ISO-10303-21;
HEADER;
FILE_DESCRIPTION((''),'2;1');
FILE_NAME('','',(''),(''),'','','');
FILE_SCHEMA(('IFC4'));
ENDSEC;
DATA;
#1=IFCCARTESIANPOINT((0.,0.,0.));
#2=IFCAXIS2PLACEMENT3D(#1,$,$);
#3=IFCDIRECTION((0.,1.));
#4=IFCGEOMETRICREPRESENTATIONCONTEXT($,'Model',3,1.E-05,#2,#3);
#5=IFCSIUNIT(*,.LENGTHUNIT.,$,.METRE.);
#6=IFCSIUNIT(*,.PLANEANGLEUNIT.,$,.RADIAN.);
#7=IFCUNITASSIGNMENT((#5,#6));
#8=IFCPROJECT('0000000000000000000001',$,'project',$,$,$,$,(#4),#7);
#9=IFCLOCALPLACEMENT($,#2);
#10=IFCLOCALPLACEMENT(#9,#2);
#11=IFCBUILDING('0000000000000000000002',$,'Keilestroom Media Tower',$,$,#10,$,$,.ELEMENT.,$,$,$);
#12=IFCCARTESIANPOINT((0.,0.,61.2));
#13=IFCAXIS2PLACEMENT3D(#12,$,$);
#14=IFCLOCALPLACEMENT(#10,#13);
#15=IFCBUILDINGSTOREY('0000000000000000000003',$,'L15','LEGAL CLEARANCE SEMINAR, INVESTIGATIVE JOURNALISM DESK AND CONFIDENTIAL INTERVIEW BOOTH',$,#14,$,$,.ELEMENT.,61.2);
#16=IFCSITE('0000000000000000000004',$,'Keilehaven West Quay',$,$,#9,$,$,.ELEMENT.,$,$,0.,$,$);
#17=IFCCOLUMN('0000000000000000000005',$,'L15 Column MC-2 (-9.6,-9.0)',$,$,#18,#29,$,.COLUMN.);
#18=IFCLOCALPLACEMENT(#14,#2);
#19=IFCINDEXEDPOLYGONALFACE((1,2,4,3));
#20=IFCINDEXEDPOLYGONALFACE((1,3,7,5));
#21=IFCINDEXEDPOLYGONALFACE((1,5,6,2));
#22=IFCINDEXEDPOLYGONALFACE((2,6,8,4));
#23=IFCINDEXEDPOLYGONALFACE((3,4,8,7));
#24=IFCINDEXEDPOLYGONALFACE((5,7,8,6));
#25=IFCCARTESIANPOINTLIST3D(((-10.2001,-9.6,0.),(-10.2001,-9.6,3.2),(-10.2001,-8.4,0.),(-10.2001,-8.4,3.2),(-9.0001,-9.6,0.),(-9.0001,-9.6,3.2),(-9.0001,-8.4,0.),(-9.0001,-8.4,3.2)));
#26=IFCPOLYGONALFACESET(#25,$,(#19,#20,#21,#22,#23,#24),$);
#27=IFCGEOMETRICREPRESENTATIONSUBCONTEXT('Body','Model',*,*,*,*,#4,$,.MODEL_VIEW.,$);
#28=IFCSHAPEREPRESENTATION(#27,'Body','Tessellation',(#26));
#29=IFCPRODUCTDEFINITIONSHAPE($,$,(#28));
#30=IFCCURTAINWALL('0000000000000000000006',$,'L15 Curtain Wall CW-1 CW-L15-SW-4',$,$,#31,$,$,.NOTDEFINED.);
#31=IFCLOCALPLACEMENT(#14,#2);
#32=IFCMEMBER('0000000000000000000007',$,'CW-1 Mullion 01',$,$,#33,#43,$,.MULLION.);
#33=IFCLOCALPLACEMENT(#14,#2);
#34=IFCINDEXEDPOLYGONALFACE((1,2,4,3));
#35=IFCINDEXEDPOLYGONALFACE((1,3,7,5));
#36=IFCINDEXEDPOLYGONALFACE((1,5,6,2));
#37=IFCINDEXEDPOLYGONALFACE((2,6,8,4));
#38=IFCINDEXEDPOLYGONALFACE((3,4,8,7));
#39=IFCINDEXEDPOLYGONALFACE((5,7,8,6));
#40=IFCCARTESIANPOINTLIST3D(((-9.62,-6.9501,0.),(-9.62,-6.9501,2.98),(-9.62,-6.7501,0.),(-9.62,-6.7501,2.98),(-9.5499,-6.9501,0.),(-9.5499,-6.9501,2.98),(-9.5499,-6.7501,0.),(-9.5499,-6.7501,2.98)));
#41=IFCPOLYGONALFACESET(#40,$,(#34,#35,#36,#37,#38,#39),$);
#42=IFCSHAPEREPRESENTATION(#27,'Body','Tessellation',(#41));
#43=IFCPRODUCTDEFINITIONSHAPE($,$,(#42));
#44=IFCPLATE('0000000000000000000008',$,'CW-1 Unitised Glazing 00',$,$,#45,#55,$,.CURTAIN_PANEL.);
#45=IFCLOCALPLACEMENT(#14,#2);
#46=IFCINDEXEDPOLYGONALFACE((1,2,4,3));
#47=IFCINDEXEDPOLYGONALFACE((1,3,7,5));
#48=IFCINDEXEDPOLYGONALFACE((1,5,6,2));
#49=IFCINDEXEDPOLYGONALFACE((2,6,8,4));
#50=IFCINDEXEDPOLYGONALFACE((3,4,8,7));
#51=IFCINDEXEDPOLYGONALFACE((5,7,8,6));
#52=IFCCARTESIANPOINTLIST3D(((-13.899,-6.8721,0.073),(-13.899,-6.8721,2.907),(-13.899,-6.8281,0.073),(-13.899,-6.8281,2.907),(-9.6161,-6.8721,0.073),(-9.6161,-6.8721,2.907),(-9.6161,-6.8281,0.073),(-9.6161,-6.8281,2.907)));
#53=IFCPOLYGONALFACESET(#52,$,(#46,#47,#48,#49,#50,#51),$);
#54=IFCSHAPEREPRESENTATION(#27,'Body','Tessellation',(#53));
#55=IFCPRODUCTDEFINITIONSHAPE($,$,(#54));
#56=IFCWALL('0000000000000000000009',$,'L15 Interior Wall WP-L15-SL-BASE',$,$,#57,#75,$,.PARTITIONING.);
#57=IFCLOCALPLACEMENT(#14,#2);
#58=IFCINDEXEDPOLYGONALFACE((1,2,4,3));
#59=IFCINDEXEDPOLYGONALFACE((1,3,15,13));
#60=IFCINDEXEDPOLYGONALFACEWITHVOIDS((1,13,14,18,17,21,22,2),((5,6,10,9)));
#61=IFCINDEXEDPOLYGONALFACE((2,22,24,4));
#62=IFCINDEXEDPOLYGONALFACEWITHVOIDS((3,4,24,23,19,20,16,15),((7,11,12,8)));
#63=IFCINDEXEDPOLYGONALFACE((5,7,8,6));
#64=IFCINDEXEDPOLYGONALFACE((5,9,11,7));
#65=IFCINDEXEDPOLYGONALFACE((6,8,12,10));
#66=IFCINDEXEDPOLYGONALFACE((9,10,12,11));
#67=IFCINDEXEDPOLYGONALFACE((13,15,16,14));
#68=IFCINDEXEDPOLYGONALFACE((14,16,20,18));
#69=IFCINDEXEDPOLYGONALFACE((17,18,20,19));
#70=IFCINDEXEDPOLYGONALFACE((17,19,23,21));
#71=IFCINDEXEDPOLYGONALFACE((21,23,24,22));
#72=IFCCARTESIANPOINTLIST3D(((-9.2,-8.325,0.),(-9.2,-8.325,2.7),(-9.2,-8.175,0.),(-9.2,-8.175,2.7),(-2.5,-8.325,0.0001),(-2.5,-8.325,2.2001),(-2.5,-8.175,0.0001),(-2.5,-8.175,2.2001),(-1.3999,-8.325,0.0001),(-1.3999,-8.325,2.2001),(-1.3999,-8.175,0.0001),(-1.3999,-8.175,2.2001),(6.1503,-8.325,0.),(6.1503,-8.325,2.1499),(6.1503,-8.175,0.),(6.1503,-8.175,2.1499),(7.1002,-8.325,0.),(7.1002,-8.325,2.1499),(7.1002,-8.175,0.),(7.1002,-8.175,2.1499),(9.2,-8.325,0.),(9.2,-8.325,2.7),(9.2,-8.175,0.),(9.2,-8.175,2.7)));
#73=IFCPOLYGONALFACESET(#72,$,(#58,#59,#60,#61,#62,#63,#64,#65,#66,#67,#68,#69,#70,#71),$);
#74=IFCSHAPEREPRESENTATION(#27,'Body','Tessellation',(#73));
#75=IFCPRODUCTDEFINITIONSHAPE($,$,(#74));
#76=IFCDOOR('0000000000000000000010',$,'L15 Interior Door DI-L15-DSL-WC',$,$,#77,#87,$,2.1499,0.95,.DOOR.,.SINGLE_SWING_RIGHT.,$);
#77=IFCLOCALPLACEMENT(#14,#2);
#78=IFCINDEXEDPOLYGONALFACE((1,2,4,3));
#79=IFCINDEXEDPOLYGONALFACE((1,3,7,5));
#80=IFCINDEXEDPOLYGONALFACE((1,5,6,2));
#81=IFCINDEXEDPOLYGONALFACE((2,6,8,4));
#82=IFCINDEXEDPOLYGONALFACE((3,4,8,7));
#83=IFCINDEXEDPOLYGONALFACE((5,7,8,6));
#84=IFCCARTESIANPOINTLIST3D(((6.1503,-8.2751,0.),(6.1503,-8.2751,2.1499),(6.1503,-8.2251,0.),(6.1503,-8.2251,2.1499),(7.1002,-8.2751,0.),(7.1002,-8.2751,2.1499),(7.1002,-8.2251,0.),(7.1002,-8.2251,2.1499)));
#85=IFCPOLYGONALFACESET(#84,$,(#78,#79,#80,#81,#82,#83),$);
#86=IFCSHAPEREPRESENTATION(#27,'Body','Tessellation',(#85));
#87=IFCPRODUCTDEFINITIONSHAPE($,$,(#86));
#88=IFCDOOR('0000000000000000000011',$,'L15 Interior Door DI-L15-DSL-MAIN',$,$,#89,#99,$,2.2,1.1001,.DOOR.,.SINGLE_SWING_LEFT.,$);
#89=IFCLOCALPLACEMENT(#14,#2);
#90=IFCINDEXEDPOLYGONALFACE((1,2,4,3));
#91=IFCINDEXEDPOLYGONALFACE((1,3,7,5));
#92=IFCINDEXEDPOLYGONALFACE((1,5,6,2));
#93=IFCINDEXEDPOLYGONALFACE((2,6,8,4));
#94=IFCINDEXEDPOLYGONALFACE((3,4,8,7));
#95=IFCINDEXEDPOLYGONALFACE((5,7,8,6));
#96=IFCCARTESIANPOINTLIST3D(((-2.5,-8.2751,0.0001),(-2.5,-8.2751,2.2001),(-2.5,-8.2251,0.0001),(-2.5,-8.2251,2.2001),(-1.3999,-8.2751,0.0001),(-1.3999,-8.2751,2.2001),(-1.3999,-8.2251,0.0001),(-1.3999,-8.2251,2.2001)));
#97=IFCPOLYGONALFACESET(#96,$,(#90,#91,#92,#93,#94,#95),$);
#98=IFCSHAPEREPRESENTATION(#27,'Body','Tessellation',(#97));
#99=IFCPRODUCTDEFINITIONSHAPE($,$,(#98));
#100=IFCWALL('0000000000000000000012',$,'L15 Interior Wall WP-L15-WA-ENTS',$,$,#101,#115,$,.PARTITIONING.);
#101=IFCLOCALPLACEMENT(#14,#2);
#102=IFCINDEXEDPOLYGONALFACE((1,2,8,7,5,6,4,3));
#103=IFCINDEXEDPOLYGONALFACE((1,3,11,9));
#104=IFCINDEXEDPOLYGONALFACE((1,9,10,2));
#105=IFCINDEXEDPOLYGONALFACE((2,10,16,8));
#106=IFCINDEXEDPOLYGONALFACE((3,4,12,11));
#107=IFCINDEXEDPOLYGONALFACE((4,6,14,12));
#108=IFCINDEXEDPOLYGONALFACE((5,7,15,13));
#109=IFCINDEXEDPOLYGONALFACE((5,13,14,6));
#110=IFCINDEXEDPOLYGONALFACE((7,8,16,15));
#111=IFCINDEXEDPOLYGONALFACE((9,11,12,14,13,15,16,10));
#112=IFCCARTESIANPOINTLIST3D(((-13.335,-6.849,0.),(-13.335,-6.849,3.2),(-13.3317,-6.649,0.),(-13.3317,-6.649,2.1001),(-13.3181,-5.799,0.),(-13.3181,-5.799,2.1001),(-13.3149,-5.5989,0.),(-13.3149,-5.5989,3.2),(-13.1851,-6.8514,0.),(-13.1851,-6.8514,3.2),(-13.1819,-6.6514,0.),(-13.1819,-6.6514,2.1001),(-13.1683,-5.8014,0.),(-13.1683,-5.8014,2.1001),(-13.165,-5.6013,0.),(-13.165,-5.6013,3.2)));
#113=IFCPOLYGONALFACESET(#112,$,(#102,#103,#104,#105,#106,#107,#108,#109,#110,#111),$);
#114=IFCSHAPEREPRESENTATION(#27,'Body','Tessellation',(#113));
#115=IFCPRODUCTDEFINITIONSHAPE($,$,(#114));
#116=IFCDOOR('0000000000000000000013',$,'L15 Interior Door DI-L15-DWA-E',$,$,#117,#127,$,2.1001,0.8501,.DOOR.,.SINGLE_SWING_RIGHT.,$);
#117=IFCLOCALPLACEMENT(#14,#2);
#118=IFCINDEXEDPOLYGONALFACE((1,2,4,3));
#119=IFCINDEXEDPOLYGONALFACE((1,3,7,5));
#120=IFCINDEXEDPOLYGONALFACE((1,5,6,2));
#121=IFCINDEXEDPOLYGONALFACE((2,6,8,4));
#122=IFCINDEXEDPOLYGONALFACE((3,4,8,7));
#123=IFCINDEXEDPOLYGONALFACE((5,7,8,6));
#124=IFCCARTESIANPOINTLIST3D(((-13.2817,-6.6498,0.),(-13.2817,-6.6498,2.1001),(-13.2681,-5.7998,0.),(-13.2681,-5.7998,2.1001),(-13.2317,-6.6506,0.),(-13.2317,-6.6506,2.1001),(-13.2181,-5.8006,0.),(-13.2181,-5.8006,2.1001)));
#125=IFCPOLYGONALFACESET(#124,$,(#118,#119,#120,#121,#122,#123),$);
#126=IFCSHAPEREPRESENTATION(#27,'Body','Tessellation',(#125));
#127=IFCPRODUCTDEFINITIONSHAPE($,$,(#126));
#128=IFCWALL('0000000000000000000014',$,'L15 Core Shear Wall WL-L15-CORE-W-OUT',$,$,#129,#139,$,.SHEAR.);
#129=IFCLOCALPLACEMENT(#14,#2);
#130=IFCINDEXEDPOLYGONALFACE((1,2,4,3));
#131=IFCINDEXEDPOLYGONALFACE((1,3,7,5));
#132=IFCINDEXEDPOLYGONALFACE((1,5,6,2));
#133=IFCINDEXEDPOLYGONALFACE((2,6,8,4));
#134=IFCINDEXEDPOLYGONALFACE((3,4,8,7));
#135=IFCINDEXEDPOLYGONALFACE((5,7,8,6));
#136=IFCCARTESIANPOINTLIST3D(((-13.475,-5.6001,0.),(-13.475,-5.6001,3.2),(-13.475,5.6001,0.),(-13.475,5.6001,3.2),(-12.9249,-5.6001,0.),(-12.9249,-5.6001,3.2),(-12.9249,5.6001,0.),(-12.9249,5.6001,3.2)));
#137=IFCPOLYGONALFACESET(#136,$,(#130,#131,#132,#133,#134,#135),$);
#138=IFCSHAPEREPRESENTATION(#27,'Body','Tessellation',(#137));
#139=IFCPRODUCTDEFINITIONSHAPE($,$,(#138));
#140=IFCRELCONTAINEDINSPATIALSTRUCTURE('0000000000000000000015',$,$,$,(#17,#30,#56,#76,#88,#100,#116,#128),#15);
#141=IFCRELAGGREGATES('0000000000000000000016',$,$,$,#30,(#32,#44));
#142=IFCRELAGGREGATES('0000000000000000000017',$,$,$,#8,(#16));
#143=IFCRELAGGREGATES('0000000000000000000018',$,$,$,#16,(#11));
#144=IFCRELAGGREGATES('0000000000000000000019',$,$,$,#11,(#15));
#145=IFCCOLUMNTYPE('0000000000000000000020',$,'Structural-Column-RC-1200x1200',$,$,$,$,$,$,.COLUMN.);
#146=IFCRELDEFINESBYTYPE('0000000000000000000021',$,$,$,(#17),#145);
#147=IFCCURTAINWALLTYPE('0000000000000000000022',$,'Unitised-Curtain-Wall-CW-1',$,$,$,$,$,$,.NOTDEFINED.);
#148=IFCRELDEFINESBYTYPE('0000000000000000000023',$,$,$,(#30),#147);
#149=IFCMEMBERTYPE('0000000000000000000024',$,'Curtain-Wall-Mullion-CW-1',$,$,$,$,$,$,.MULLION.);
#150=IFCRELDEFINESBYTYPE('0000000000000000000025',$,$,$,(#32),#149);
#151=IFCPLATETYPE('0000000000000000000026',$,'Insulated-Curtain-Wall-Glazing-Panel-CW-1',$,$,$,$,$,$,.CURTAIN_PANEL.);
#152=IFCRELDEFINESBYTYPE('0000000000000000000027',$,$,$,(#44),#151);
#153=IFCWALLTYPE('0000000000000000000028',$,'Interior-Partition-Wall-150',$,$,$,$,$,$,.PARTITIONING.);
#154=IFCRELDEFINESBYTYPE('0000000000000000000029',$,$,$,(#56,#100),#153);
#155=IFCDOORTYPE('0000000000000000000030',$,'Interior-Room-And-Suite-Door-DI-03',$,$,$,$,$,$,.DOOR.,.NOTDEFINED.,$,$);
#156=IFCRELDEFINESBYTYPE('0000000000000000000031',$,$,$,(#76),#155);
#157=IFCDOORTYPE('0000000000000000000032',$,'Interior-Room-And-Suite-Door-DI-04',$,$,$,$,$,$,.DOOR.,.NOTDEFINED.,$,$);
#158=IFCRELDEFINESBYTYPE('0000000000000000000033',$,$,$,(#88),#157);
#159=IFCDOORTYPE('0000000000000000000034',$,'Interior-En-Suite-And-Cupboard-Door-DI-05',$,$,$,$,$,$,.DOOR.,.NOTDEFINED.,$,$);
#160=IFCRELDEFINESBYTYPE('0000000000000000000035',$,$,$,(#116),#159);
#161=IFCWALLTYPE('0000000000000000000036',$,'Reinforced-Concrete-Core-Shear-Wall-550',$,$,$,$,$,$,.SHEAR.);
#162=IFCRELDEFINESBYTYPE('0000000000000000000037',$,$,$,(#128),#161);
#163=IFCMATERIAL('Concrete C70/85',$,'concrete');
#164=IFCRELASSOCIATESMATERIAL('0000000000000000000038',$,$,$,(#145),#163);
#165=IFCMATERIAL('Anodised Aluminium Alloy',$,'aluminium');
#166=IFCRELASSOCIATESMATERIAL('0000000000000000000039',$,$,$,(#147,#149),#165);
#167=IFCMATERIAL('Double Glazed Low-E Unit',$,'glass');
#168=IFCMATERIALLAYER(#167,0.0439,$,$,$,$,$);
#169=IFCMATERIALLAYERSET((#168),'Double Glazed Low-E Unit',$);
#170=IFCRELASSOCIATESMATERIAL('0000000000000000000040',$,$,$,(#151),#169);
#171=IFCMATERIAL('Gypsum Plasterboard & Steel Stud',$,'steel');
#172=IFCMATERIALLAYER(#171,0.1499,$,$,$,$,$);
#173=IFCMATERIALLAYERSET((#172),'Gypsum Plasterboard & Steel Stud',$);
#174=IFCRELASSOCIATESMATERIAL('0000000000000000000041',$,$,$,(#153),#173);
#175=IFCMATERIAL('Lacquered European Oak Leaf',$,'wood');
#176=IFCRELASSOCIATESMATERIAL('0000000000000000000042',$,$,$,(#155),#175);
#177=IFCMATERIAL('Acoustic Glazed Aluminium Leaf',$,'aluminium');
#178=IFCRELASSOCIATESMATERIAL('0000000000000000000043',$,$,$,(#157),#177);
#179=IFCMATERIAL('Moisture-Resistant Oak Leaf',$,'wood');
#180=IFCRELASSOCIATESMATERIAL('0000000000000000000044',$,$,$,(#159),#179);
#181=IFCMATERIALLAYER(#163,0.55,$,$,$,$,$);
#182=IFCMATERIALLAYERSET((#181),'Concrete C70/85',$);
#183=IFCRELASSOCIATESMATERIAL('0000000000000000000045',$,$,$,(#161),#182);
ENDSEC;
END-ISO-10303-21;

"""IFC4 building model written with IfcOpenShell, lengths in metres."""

from ifc_helpers import new_model, si_unit, direction, frame, frame_2d, origin, origin_2d, place, context, subcontext, project, spatial, rectangle, extrude, source, transform, mapped, material, layer, layer_set, material_profile, profile_set, type_object, element, fill, aggregate, save


model = new_model("IFC4")

# Units and contexts
model_context = context("Model", 3, precision=1e-05, world=origin(), true_north=direction((0.0, 1.0)))
body_context = subcontext(model_context, "Body", "Model", "MODEL_VIEW")
ifc_project = project(units=[si_unit("LENGTHUNIT", "METRE"), si_unit("PLANEANGLEUNIT", "RADIAN")], contexts=[model_context])

# Site, building, storey
site_placement = place(None, origin())
site = spatial("IfcSite", under=ifc_project, at=site_placement, Name="Keilehaven West Quay", CompositionType="ELEMENT", RefElevation=0.0)
building_placement = place(site_placement, origin())
building = spatial("IfcBuilding", under=site, at=building_placement, Name="Keilestroom Media Tower", CompositionType="ELEMENT")
storey_placement = place(building_placement, frame((0.0, 0.0, 61.2)))
storey = spatial("IfcBuildingStorey", under=building, at=storey_placement, Name="L15", Description="LEGAL CLEARANCE SEMINAR, INVESTIGATIVE JOURNALISM DESK AND CONFIDENTIAL INTERVIEW BOOTH", CompositionType="ELEMENT", Elevation=61.2)

# Column
ifc_material_1 = material(Name="Concrete C70/85", Category="concrete")
ifc_material_profile_1 = material_profile(ifc_material_1, rectangle(XDim=1.2, YDim=1.2, at=origin_2d()), Name="RC 1200x1200")
ifc_profile_set_1 = profile_set([ifc_material_profile_1], Name="Concrete C70/85")
column_type = type_object("IfcColumnType", Name="Structural-Column-RC-1200x1200", PredefinedType="COLUMN", material=ifc_profile_set_1)
shared_shape_1 = source(origin(), body_context, "Body", "SweptSolid", [
    extrude(rectangle(XDim=1.2, YDim=1.2, at=origin_2d()), origin(), (0.0, 0.0, 1.0), 3.2),
])
column_placement = place(storey_placement, frame((-9.6001, -9.0, 0.0), z_axis=(0.0, 0.0, 1.0), x_axis=(1.0, 0.0, 0.0)))
element("IfcColumn", 1, at=column_placement, inside=storey, type_object=column_type, Name="L15 Column MC-2 (-9.6,-9.0)", PredefinedType="COLUMN", context=body_context, shape_type="MappedRepresentation", body=[
    mapped(shared_shape_1, transform((0.0, 0.0, 0.0), x_axis=(1.0, 0.0, 0.0), y_axis=(0.0, 1.0, 0.0), z_axis=(0.0, 0.0, 1.0), scale=1.0)),
])

# Curtain wall, member, plate
ifc_material_2 = material(Name="Anodised Aluminium Alloy", Category="aluminium")
curtain_wall_type = type_object("IfcCurtainWallType", Name="Unitised-Curtain-Wall-CW-1", PredefinedType="NOTDEFINED", material=ifc_material_2)
curtain_wall_placement = place(storey_placement, origin())
curtain_wall = element("IfcCurtainWall", 2, at=curtain_wall_placement, inside=storey, type_object=curtain_wall_type, Name="L15 Curtain Wall CW-1 CW-L15-SW-4", PredefinedType="NOTDEFINED")
ifc_material_profile_2 = material_profile(ifc_material_2, rectangle(XDim=0.0701, YDim=0.2, at=origin_2d()), Name="ALU MULLION 70x200")
ifc_profile_set_2 = profile_set([ifc_material_profile_2], Name="Anodised Aluminium Alloy")
member_type = type_object("IfcMemberType", Name="Curtain-Wall-Mullion-CW-1", PredefinedType="MULLION", material=ifc_profile_set_2)
shared_shape_2 = source(origin(), body_context, "Body", "SweptSolid", [
    extrude(rectangle(XDim=0.0701, YDim=0.2, at=origin_2d()), origin(), (0.0, 0.0, 1.0), 2.98),
])
member_placement = place(storey_placement, frame((-9.585, -6.8501, 0.0), z_axis=(0.0, 0.0, 1.0), x_axis=(1.0, 0.0, 0.0)))
member = element("IfcMember", 3, at=member_placement, type_object=member_type, Name="CW-1 Mullion 01", PredefinedType="MULLION", context=body_context, shape_type="MappedRepresentation", body=[
    mapped(shared_shape_2, transform((0.0, 0.0, 0.0), x_axis=(1.0, 0.0, 0.0), y_axis=(0.0, 1.0, 0.0), z_axis=(0.0, 0.0, 1.0), scale=1.0)),
])
ifc_material_3 = material(Name="Double Glazed Low-E Unit", Category="glass")
ifc_layer_1 = layer(ifc_material_3, 0.0439)
ifc_layer_set_1 = layer_set([ifc_layer_1], Name="Double Glazed Low-E Unit")
plate_type = type_object("IfcPlateType", Name="Insulated-Curtain-Wall-Glazing-Panel-CW-1", PredefinedType="CURTAIN_PANEL", material=ifc_layer_set_1)
shared_shape_3 = source(origin(), body_context, "Body", "SweptSolid", [
    extrude(rectangle(XDim=4.283, YDim=0.0439, at=origin_2d()), origin(), (0.0, 0.0, 1.0), 2.834),
])
plate_placement = place(storey_placement, frame((-11.7576, -6.8501, 0.073), z_axis=(0.0, 0.0, 1.0), x_axis=(1.0, 0.0, 0.0)))
plate = element("IfcPlate", 4, at=plate_placement, type_object=plate_type, Name="CW-1 Unitised Glazing 00", PredefinedType="CURTAIN_PANEL", context=body_context, shape_type="MappedRepresentation", body=[
    mapped(shared_shape_3, transform((0.0, 0.0, 0.0), x_axis=(1.0, 0.0, 0.0), y_axis=(0.0, 1.0, 0.0), z_axis=(0.0, 0.0, 1.0), scale=1.0)),
])
aggregate(curtain_wall, [member, plate])

# Wall, openings, doors
ifc_material_4 = material(Name="Gypsum Plasterboard & Steel Stud", Category="steel")
ifc_layer_2 = layer(ifc_material_4, 0.1499)
ifc_layer_set_2 = layer_set([ifc_layer_2], Name="Gypsum Plasterboard & Steel Stud")
wall_type_1 = type_object("IfcWallType", Name="Interior-Partition-Wall-150", PredefinedType="PARTITIONING", material=ifc_layer_set_2)
wall_1_placement = place(storey_placement, frame((-9.2, -8.25, 0.0), z_axis=(0.0, 0.0, 1.0), x_axis=(1.0, 0.0, 0.0)))
wall_1 = element("IfcWall", 5, at=wall_1_placement, inside=storey, type_object=wall_type_1, Name="L15 Interior Wall WP-L15-SL-BASE", PredefinedType="PARTITIONING", context=body_context, shape_type="SweptSolid", body=[
    extrude(rectangle(XDim=18.3999, YDim=0.1499, at=frame_2d((9.2, 0.0))), origin(), (0.0, 0.0, 1.0), 2.7),
])
opening_1_placement = place(wall_1_placement, frame((15.3501, 0.0, 0.0)))
opening_1 = element("IfcOpeningElement", 6, at=opening_1_placement, cuts=wall_1, PredefinedType="OPENING", context=body_context, shape_type="SweptSolid", body=[
    extrude(rectangle(XDim=0.95, YDim=2.1499, at=frame_2d((0.4751, 1.075))), frame((0.0, 0.085, 0.0), z_axis=(0.0, -1.0, 0.0), x_axis=(1.0, 0.0, 0.0)), (0.0, 0.0, 1.0), 0.1699),
])
opening_2_placement = place(wall_1_placement, frame((6.7, 0.0, 0.0)))
opening_2 = element("IfcOpeningElement", 7, at=opening_2_placement, cuts=wall_1, PredefinedType="OPENING", context=body_context, shape_type="SweptSolid", body=[
    extrude(rectangle(XDim=1.1001, YDim=2.2, at=frame_2d((0.55, 1.1001))), frame((0.0, 0.085, 0.0), z_axis=(0.0, -1.0, 0.0), x_axis=(1.0, 0.0, 0.0)), (0.0, 0.0, 1.0), 0.1699),
])
ifc_material_5 = material(Name="Lacquered European Oak Leaf", Category="wood")
door_type_1 = type_object("IfcDoorType", Name="Interior-Room-And-Suite-Door-DI-03", OperationType="NOTDEFINED", PredefinedType="DOOR", material=ifc_material_5)
shared_shape_4 = source(origin(), body_context, "Body", "SweptSolid", [
    extrude(rectangle(XDim=0.95, YDim=2.1499, at=frame_2d((0.4751, 1.075))), frame((0.0, 0.0249, 0.0), z_axis=(0.0, -1.0, 0.0), x_axis=(1.0, 0.0, 0.0)), (0.0, 0.0, 1.0), 0.05),
])
door_1_placement = place(opening_1_placement, origin())
door_1 = element("IfcDoor", 8, at=door_1_placement, inside=storey, type_object=door_type_1, Name="L15 Interior Door DI-L15-DSL-WC", OperationType="SINGLE_SWING_RIGHT", OverallHeight=2.1499, OverallWidth=0.95, PredefinedType="DOOR", context=body_context, shape_type="MappedRepresentation", body=[
    mapped(shared_shape_4, transform((0.0, 0.0, 0.0), x_axis=(1.0, 0.0, 0.0), y_axis=(0.0, 1.0, 0.0), z_axis=(0.0, 0.0, 1.0), scale=1.0)),
])
fill(opening_1, door_1)
ifc_material_6 = material(Name="Acoustic Glazed Aluminium Leaf", Category="aluminium")
door_type_2 = type_object("IfcDoorType", Name="Interior-Room-And-Suite-Door-DI-04", OperationType="NOTDEFINED", PredefinedType="DOOR", material=ifc_material_6)
shared_shape_5 = source(origin(), body_context, "Body", "SweptSolid", [
    extrude(rectangle(XDim=1.1001, YDim=2.2, at=frame_2d((0.55, 1.1001))), frame((0.0, 0.0249, 0.0), z_axis=(0.0, -1.0, 0.0), x_axis=(1.0, 0.0, 0.0)), (0.0, 0.0, 1.0), 0.05),
])
door_2_placement = place(opening_2_placement, origin())
door_2 = element("IfcDoor", 9, at=door_2_placement, inside=storey, type_object=door_type_2, Name="L15 Interior Door DI-L15-DSL-MAIN", OperationType="SINGLE_SWING_LEFT", OverallHeight=2.2, OverallWidth=1.1001, PredefinedType="DOOR", context=body_context, shape_type="MappedRepresentation", body=[
    mapped(shared_shape_5, transform((0.0, 0.0, 0.0), x_axis=(1.0, 0.0, 0.0), y_axis=(0.0, 1.0, 0.0), z_axis=(0.0, 0.0, 1.0), scale=1.0)),
])
fill(opening_2, door_2)

# Wall, opening, door
wall_2_placement = place(storey_placement, frame((-13.26, -6.8501, 0.0), z_axis=(0.0, 0.0, 1.0), x_axis=(0.016014, 0.999872, 0.0)))
wall_2 = element("IfcWall", 10, at=wall_2_placement, inside=storey, type_object=wall_type_1, Name="L15 Interior Wall WP-L15-WA-ENTS", PredefinedType="PARTITIONING", context=body_context, shape_type="SweptSolid", body=[
    extrude(rectangle(XDim=1.2502, YDim=0.1499, at=frame_2d((0.625, 0.0))), origin(), (0.0, 0.0, 1.0), 3.2),
])
opening_3_placement = place(wall_2_placement, frame((0.2, 0.0, 0.0)))
opening_3 = element("IfcOpeningElement", 11, at=opening_3_placement, cuts=wall_2, PredefinedType="OPENING", context=body_context, shape_type="SweptSolid", body=[
    extrude(rectangle(XDim=0.8501, YDim=2.1001, at=frame_2d((0.425, 1.05))), frame((0.0, 0.085, 0.0), z_axis=(0.0, -1.0, 0.0), x_axis=(1.0, 0.0, 0.0)), (0.0, 0.0, 1.0), 0.1699),
])
ifc_material_7 = material(Name="Moisture-Resistant Oak Leaf", Category="wood")
door_type_3 = type_object("IfcDoorType", Name="Interior-En-Suite-And-Cupboard-Door-DI-05", OperationType="NOTDEFINED", PredefinedType="DOOR", material=ifc_material_7)
shared_shape_6 = source(origin(), body_context, "Body", "SweptSolid", [
    extrude(rectangle(XDim=0.8501, YDim=2.1001, at=frame_2d((0.425, 1.05))), frame((0.0, 0.0249, 0.0), z_axis=(0.0, -1.0, 0.0), x_axis=(1.0, 0.0, 0.0)), (0.0, 0.0, 1.0), 0.05),
])
door_3_placement = place(opening_3_placement, origin())
door_3 = element("IfcDoor", 12, at=door_3_placement, inside=storey, type_object=door_type_3, Name="L15 Interior Door DI-L15-DWA-E", OperationType="SINGLE_SWING_RIGHT", OverallHeight=2.1001, OverallWidth=0.8501, PredefinedType="DOOR", context=body_context, shape_type="MappedRepresentation", body=[
    mapped(shared_shape_6, transform((0.0, 0.0, 0.0), x_axis=(1.0, 0.0, 0.0), y_axis=(0.0, 1.0, 0.0), z_axis=(0.0, 0.0, 1.0), scale=1.0)),
])
fill(opening_3, door_3)

# Wall
ifc_layer_3 = layer(ifc_material_1, 0.55)
ifc_layer_set_3 = layer_set([ifc_layer_3], Name="Concrete C70/85")
wall_type_2 = type_object("IfcWallType", Name="Reinforced-Concrete-Core-Shear-Wall-550", PredefinedType="SHEAR", material=ifc_layer_set_3)
wall_3_placement = place(storey_placement, frame((-13.2, -5.6001, 0.0), z_axis=(0.0, 0.0, 1.0), x_axis=(0.0, 1.0, 0.0)))
element("IfcWall", 13, at=wall_3_placement, inside=storey, type_object=wall_type_2, Name="L15 Core Shear Wall WL-L15-CORE-W-OUT", PredefinedType="SHEAR", context=body_context, shape_type="SweptSolid", body=[
    extrude(rectangle(XDim=11.2002, YDim=0.55, at=frame_2d((5.6001, 0.0))), origin(), (0.0, 0.0, 1.0), 3.2),
])

save(model, "model.ifc")
